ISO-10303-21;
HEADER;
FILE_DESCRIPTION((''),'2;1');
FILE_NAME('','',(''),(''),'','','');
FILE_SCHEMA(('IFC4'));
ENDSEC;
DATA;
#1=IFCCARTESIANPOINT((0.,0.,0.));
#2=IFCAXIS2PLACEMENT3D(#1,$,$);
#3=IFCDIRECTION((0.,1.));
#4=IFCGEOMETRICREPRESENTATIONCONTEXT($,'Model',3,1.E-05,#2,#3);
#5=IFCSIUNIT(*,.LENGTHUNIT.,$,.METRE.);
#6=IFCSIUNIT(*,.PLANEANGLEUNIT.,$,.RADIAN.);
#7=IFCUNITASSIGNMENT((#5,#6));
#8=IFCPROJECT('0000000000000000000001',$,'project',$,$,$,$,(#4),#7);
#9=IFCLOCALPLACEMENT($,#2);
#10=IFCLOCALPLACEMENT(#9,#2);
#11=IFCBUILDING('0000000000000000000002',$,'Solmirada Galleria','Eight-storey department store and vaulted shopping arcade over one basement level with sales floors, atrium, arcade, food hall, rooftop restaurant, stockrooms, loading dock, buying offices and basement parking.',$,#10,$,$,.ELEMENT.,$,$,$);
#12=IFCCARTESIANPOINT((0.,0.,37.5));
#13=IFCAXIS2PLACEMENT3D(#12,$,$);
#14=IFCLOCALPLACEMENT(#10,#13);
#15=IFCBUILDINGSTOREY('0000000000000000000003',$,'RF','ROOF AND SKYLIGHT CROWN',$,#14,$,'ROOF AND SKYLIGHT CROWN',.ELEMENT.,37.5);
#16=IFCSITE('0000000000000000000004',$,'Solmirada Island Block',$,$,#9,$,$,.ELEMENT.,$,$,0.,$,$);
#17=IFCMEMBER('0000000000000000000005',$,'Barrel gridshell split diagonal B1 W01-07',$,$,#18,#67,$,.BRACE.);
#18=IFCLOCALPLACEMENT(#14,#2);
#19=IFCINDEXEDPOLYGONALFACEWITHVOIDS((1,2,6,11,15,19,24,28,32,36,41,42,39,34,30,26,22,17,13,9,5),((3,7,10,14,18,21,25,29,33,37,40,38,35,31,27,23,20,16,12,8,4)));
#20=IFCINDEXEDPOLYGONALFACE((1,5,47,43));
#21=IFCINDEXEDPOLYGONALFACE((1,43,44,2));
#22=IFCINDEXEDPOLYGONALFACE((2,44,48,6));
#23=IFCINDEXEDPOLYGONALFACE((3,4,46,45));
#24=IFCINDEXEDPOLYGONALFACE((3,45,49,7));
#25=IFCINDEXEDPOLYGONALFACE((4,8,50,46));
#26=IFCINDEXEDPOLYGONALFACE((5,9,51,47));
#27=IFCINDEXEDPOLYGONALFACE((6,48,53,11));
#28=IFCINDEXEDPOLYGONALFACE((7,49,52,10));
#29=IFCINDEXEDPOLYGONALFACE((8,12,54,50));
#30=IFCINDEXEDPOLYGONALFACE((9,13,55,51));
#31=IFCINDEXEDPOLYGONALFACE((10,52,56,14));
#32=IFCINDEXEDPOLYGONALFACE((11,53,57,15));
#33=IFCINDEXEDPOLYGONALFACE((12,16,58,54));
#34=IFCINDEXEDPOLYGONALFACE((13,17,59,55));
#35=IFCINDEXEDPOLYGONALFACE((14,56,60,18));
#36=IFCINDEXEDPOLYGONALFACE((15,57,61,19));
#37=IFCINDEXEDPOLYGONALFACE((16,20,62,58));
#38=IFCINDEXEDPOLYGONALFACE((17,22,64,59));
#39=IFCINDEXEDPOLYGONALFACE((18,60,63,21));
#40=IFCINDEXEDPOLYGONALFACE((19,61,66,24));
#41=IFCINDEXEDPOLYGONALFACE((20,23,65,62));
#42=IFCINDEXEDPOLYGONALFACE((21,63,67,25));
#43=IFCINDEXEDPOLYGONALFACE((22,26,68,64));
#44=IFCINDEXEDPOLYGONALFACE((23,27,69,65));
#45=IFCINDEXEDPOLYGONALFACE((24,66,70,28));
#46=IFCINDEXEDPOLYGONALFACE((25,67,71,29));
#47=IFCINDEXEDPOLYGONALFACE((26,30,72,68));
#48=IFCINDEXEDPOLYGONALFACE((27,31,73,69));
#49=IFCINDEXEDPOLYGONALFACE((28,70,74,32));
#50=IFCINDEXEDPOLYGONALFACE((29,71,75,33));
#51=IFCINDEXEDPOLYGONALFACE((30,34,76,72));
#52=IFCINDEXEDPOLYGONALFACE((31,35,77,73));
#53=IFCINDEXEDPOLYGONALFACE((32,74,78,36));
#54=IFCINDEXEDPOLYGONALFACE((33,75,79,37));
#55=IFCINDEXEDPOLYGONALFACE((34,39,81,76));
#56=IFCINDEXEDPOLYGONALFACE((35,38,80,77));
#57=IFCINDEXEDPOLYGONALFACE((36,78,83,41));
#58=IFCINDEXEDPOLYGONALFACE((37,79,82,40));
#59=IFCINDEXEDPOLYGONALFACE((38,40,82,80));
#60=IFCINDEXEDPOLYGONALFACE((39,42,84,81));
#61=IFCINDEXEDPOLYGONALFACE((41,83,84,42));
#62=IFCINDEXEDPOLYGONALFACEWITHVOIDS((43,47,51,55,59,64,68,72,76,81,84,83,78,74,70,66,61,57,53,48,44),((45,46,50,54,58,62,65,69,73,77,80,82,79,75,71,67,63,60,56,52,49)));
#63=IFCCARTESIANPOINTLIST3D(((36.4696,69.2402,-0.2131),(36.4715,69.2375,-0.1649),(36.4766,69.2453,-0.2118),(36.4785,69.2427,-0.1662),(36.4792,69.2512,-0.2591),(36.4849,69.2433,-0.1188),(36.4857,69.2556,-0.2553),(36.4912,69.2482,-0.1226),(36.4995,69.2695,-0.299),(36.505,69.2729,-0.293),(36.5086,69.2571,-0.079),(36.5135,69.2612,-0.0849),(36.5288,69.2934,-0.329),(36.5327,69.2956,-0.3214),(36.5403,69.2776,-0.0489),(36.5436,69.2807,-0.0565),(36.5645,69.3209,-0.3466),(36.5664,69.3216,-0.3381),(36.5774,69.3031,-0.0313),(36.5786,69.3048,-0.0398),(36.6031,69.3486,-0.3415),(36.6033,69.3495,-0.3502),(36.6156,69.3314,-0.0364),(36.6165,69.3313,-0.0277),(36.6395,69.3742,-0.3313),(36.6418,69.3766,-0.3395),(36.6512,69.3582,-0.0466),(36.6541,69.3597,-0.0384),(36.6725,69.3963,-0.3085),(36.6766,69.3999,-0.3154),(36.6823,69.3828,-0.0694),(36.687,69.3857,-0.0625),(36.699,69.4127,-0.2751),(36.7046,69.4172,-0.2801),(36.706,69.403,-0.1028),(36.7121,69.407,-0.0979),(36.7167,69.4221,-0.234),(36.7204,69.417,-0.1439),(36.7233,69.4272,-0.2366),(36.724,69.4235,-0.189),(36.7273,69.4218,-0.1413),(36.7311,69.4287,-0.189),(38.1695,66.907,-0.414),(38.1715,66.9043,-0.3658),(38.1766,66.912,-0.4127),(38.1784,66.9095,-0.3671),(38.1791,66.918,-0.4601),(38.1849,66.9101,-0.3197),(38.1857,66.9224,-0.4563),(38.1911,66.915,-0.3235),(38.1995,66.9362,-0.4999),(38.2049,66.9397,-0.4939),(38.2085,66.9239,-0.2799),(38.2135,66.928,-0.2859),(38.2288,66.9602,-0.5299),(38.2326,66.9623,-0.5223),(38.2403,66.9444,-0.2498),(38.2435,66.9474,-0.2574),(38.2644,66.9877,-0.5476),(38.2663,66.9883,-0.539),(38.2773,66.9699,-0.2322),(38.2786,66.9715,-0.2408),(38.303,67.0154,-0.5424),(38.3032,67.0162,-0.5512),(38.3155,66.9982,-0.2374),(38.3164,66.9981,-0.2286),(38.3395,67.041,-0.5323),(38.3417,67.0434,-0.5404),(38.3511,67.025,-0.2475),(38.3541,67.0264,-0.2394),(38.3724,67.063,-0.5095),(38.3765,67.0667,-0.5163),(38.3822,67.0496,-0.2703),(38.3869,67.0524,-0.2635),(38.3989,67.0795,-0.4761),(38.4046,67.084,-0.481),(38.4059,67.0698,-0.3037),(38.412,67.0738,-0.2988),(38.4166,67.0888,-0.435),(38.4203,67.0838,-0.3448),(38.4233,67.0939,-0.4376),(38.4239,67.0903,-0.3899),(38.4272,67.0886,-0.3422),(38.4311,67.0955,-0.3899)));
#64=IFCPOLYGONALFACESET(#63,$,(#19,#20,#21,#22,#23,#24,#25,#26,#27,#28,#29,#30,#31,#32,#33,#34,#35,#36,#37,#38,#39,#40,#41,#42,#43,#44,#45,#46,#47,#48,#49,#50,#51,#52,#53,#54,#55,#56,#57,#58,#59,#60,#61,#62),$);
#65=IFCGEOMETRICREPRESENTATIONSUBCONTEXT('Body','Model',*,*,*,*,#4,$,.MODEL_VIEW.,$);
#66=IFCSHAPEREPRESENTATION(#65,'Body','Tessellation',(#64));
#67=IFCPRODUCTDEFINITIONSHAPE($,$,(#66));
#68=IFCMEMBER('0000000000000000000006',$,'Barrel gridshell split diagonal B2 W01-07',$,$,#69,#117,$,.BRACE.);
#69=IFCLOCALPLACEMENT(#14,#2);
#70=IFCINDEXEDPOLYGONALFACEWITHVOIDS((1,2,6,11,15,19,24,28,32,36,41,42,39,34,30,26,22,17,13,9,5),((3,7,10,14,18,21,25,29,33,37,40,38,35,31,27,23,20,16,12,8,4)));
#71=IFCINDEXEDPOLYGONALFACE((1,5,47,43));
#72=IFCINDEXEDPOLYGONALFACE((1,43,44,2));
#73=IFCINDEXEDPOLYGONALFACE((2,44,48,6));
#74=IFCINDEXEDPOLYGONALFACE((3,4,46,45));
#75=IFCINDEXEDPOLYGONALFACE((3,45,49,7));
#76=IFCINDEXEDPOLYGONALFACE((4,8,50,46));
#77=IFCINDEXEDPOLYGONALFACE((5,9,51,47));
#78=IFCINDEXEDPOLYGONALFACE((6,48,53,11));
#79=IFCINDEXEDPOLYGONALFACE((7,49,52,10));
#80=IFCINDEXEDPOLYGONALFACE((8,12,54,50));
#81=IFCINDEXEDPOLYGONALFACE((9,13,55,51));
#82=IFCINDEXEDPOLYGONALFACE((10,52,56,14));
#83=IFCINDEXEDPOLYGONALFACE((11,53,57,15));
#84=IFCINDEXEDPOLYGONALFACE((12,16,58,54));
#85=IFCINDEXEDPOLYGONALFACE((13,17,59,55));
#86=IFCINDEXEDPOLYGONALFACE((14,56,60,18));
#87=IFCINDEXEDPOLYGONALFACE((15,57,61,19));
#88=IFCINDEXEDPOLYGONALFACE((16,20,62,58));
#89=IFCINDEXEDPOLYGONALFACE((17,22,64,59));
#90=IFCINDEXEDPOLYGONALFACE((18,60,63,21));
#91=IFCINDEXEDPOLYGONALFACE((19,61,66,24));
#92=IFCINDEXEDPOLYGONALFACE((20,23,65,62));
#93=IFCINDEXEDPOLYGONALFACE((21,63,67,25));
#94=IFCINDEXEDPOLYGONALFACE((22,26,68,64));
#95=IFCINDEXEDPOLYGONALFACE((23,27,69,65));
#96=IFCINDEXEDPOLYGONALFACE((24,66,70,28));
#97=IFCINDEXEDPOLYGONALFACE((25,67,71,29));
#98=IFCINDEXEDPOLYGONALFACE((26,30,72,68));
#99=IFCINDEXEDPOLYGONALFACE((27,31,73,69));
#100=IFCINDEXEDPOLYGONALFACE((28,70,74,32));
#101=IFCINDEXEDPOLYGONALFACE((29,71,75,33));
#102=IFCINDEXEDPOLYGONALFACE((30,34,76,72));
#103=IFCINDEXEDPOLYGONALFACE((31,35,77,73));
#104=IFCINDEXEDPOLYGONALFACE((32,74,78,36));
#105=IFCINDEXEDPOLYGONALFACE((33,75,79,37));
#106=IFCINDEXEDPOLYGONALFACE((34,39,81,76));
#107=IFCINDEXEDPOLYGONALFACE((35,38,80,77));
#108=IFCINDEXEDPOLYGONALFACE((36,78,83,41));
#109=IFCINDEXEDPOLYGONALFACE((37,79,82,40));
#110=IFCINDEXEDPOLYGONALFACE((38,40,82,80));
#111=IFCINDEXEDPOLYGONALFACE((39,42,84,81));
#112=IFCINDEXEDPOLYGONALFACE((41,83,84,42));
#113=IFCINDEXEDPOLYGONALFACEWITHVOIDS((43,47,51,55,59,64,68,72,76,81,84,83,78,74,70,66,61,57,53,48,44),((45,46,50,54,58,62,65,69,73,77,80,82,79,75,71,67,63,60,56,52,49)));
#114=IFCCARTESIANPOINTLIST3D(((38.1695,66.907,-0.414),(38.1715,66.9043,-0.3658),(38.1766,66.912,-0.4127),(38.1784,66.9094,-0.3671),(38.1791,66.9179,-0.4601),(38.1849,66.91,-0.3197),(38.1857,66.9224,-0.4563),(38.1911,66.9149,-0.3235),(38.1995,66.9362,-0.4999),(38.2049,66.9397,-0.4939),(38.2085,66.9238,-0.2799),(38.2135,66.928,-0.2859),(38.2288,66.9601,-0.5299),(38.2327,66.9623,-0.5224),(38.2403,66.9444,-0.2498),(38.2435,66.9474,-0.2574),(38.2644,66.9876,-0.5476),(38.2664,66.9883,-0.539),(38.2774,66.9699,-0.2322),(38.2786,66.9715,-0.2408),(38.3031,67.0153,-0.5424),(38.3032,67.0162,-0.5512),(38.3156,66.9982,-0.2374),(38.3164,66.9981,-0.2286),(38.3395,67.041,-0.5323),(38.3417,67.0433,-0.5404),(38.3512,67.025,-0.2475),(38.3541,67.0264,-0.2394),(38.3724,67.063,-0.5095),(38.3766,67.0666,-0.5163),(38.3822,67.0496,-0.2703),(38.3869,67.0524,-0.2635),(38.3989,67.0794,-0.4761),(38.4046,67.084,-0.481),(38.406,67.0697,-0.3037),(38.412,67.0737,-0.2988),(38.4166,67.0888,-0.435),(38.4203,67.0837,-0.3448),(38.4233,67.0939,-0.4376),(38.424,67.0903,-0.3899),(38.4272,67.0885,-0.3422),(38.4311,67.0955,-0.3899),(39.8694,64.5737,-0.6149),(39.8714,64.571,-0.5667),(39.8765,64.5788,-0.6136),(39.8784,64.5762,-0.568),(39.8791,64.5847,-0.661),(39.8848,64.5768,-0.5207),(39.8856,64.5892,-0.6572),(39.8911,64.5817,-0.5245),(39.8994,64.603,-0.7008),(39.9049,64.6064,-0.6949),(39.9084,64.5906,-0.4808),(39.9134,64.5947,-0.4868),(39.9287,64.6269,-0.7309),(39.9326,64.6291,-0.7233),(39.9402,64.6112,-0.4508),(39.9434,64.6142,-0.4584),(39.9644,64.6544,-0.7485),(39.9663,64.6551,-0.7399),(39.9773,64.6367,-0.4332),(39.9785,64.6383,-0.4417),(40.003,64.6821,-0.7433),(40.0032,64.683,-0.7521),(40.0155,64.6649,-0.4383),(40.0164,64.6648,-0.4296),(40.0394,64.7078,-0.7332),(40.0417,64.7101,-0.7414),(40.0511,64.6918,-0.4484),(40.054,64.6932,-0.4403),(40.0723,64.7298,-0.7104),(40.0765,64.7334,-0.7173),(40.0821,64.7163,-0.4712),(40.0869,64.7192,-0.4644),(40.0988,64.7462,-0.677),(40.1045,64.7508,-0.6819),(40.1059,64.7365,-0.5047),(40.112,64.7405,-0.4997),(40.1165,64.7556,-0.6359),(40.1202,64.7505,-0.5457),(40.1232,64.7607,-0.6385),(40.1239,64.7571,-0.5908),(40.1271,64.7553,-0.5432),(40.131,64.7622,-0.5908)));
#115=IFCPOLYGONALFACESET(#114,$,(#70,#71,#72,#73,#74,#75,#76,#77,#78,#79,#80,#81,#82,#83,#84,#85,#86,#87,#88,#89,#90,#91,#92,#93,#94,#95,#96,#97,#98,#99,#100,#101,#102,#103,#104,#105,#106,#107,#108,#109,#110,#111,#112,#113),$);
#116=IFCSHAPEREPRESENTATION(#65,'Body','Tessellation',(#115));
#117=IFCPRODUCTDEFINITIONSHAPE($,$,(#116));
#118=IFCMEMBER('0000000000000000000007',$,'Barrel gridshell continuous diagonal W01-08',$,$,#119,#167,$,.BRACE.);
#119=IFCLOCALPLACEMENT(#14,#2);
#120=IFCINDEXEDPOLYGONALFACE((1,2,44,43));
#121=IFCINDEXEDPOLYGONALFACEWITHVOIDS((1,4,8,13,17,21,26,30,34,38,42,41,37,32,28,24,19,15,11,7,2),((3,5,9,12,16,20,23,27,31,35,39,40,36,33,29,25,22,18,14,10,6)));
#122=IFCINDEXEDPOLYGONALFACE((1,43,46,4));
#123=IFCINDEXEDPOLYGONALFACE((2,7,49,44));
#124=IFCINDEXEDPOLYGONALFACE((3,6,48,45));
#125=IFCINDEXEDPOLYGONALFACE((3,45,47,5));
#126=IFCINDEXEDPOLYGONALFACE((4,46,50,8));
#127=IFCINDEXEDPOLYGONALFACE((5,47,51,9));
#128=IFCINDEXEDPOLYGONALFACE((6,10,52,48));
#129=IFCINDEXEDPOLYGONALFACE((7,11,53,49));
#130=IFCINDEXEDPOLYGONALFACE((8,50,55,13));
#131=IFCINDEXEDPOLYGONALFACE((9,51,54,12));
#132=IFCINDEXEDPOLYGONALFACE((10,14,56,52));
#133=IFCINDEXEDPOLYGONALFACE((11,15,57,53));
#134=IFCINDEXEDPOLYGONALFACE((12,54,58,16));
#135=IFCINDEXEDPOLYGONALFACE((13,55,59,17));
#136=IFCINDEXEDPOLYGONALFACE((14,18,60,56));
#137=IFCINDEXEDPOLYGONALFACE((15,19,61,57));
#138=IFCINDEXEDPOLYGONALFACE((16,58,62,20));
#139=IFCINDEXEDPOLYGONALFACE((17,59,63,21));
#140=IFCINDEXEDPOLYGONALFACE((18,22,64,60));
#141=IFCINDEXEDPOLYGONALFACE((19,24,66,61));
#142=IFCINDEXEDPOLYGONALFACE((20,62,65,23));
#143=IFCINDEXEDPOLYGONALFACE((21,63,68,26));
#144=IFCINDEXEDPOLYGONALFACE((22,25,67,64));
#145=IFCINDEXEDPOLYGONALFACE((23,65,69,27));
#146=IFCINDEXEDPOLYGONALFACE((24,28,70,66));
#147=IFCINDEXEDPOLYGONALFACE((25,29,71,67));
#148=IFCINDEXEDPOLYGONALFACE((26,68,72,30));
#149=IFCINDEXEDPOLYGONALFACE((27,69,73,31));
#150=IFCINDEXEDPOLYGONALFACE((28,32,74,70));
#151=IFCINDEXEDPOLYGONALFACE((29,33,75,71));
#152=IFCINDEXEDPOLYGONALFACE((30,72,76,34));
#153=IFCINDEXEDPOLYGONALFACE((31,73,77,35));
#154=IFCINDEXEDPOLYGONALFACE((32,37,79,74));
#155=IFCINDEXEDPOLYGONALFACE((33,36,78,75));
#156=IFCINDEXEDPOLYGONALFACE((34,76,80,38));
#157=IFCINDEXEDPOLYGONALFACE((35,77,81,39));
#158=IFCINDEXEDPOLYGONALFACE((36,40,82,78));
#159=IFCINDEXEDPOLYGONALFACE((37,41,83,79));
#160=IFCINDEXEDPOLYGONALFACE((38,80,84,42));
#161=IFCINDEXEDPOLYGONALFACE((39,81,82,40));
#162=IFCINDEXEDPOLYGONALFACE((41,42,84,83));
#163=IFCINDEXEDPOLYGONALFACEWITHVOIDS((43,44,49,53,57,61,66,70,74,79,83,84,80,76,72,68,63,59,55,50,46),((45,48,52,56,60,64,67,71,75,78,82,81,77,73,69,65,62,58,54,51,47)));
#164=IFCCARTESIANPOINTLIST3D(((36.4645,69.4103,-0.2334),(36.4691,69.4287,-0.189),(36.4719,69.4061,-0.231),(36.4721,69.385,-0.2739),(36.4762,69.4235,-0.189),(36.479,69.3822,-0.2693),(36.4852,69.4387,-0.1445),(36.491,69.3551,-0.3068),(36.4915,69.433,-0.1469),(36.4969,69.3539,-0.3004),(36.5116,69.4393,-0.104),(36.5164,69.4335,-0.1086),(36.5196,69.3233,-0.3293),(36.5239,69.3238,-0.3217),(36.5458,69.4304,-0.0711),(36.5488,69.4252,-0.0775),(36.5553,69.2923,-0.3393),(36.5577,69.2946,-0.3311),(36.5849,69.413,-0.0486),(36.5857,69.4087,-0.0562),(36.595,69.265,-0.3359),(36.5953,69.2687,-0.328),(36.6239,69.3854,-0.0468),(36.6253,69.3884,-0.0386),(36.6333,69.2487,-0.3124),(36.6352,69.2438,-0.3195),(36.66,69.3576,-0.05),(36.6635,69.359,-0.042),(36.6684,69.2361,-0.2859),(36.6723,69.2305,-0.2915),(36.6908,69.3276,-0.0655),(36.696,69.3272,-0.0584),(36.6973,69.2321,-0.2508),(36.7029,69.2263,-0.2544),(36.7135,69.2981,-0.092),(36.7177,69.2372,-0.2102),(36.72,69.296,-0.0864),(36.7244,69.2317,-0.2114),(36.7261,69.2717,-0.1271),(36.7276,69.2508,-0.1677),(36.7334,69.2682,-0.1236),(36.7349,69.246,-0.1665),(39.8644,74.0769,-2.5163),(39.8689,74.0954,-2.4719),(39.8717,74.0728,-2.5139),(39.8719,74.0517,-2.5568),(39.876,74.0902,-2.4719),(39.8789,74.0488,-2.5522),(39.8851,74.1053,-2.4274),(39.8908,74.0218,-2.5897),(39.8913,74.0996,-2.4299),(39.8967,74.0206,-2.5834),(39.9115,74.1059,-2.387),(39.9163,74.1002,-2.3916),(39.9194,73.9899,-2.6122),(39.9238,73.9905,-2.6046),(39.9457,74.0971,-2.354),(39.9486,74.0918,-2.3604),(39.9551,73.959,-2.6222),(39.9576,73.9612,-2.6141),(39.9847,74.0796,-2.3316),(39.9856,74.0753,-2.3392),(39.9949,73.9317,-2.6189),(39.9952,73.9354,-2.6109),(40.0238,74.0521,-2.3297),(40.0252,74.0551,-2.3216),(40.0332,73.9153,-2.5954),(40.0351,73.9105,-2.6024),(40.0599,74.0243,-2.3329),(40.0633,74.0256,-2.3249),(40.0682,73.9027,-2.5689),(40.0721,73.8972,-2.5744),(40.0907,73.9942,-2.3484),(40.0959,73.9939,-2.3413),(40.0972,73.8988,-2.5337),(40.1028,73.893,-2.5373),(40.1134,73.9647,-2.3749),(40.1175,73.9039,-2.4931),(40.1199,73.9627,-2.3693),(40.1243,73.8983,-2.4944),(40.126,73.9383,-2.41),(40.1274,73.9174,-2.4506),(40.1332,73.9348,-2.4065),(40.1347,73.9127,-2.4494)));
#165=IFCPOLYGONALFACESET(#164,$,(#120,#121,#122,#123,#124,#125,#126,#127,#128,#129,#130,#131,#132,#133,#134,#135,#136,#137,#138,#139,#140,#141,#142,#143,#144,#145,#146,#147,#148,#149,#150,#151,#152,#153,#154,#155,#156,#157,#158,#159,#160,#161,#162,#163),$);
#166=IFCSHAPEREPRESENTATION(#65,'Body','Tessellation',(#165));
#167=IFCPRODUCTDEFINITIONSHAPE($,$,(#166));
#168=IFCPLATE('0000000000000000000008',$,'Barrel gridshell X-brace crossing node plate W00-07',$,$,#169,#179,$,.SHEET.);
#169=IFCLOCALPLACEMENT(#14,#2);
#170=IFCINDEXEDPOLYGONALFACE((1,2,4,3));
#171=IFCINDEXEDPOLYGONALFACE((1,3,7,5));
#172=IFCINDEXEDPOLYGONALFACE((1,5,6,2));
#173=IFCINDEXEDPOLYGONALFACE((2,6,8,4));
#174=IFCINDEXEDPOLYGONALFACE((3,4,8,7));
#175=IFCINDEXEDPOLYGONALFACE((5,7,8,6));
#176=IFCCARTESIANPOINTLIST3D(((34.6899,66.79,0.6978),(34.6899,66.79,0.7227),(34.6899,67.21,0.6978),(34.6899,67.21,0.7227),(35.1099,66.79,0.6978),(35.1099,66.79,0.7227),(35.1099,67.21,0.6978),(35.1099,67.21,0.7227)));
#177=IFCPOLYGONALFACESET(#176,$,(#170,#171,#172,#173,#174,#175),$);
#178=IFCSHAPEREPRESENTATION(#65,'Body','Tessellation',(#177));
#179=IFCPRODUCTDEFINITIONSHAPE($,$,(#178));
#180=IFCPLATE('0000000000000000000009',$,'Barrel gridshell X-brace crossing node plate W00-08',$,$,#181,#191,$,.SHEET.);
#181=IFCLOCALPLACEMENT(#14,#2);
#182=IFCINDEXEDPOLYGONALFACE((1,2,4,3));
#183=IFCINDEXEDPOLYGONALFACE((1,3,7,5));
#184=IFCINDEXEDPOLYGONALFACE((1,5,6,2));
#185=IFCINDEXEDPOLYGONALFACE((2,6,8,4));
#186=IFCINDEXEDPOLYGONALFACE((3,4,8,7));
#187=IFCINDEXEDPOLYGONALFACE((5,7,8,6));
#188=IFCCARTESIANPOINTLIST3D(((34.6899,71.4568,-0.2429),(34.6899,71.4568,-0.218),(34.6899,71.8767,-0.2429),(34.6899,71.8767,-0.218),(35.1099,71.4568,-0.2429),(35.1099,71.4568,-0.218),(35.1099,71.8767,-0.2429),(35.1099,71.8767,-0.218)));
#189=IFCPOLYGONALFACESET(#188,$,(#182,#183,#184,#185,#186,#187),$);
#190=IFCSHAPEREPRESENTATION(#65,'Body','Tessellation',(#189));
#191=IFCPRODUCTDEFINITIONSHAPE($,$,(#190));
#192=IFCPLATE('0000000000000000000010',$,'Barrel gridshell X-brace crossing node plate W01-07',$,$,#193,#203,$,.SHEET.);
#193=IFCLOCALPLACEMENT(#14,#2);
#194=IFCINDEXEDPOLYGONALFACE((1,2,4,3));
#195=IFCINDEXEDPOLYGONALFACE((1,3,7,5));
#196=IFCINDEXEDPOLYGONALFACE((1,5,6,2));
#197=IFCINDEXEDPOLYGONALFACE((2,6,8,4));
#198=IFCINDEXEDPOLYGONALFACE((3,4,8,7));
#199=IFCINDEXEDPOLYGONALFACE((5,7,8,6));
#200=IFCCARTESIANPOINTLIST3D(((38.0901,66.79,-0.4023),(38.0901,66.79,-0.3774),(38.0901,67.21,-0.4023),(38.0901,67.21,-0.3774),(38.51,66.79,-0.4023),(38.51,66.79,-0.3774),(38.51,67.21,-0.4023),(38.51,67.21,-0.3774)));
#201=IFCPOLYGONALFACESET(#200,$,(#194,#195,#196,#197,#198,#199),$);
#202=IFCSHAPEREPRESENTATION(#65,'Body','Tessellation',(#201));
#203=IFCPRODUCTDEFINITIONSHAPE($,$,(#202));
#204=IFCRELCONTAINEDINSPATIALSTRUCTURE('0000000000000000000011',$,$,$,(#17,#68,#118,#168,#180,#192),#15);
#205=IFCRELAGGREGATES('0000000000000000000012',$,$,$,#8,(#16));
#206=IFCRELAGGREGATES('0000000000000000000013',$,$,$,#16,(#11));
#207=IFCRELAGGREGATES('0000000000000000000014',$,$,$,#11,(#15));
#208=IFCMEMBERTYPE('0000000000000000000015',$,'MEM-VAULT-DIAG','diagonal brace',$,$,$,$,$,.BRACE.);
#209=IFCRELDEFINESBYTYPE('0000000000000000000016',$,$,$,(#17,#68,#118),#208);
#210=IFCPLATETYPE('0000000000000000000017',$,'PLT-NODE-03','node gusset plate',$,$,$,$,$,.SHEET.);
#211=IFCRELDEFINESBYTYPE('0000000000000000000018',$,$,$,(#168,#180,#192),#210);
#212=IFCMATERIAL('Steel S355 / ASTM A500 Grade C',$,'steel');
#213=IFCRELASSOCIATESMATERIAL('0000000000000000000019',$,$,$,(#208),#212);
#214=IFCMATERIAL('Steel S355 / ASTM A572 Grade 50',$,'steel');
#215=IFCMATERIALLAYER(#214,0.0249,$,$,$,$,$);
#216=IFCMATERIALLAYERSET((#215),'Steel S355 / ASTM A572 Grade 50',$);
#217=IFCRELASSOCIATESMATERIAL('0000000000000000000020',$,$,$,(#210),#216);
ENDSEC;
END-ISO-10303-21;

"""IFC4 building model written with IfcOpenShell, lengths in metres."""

from ifc_helpers import new_model, si_unit, direction, frame, origin, origin_2d, place, context, subcontext, project, spatial, rectangle, hollow_circle, extrude, material, layer, layer_set, material_profile, profile_set, type_object, element, save


model = new_model("IFC4")

# Units and contexts
model_context = context("Model", 3, precision=1e-05, world=origin(), true_north=direction((0.0, 1.0)))
body_context = subcontext(model_context, "Body", "Model", "MODEL_VIEW")
ifc_project = project(units=[si_unit("LENGTHUNIT", "METRE"), si_unit("PLANEANGLEUNIT", "RADIAN")], contexts=[model_context])

# Site, building, storey
site_placement = place(None, origin())
site = spatial("IfcSite", under=ifc_project, at=site_placement, Name="Solmirada Island Block", CompositionType="ELEMENT", RefElevation=0.0)
building_placement = place(site_placement, origin())
building = spatial("IfcBuilding", under=site, at=building_placement, Name="Solmirada Galleria", Description="Eight-storey department store and vaulted shopping arcade over one basement level with sales floors, atrium, arcade, food hall, rooftop restaurant, stockrooms, loading dock, buying offices and basement parking.", CompositionType="ELEMENT")
storey_placement = place(building_placement, frame((0.0, 0.0, 37.5)))
storey = spatial("IfcBuildingStorey", under=building, at=storey_placement, Name="RF", Description="ROOF AND SKYLIGHT CROWN", LongName="ROOF AND SKYLIGHT CROWN", CompositionType="ELEMENT", Elevation=37.5)

# Members
ifc_material_1 = material(Name="Steel S355 / ASTM A500 Grade C", Category="steel")
ifc_material_profile_1 = material_profile(ifc_material_1, hollow_circle(Radius=0.1621, WallThickness=0.0088, at=origin_2d()), Name="HSS12.750X0.375")
ifc_profile_set_1 = profile_set([ifc_material_profile_1], Name="Steel S355 / ASTM A500 Grade C")
member_type_1 = type_object("IfcMemberType", Name="MEM-VAULT-DIAG", Description="diagonal brace", PredefinedType="BRACE", material=ifc_profile_set_1)
for number, where, z_axis, x_axis, name in (
    (1, (36.6001, 69.3333, -0.189), (0.587439, -0.806284, -0.069433), (0.808235, 0.58886, 0.0), "Barrel gridshell split diagonal B1 W01-07"),
    (2, (38.3, 67.0, -0.3899), (0.587439, -0.806284, -0.069433), (0.808235, 0.58886, 0.0), "Barrel gridshell split diagonal B2 W01-07"),
):
    element("IfcMember", number, at=place(storey_placement, frame(where, z_axis=z_axis, x_axis=x_axis)), inside=storey, type_object=member_type_1, Name=name, PredefinedType="BRACE", context=body_context, shape_type="SweptSolid", body=[
        extrude(hollow_circle(Radius=0.1621, WallThickness=0.0088, at=origin_2d()), origin(), (0.0, 0.0, 1.0), 2.8938),
    ])
member_1_placement = place(storey_placement, frame((36.6001, 69.3333, -0.189), z_axis=(0.54759, 0.751629, -0.367695), x_axis=(-0.808249, 0.58884, 0.0)))
element("IfcMember", 3, at=member_1_placement, inside=storey, type_object=member_type_1, Name="Barrel gridshell continuous diagonal W01-08", PredefinedType="BRACE", context=body_context, shape_type="SweptSolid", body=[
    extrude(hollow_circle(Radius=0.1621, WallThickness=0.0088, at=origin_2d()), origin(), (0.0, 0.0, 1.0), 6.2087),
])

# Plates
ifc_material_2 = material(Name="Steel S355 / ASTM A572 Grade 50", Category="steel")
ifc_layer_1 = layer(ifc_material_2, 0.0249)
ifc_layer_set_1 = layer_set([ifc_layer_1], Name="Steel S355 / ASTM A572 Grade 50")
plate_type_1 = type_object("IfcPlateType", Name="PLT-NODE-03", Description="node gusset plate", PredefinedType="SHEET", material=ifc_layer_set_1)
for number, where, z_axis, x_axis, name in (
    (4, (34.8999, 67.0, 0.6978), (0.0, 0.0, 1.0), (1.0, 0.0, 0.0), "Barrel gridshell X-brace crossing node plate W00-07"),
    (5, (34.8999, 71.6667, -0.2429), (0.0, 0.0, 1.0), (1.0, 0.0, 0.0), "Barrel gridshell X-brace crossing node plate W00-08"),
    (6, (38.3, 67.0, -0.4023), (0.0, 0.0, 1.0), (1.0, 0.0, 0.0), "Barrel gridshell X-brace crossing node plate W01-07"),
):
    element("IfcPlate", number, at=place(storey_placement, frame(where, z_axis=z_axis, x_axis=x_axis)), inside=storey, type_object=plate_type_1, Name=name, PredefinedType="SHEET", context=body_context, shape_type="SweptSolid", body=[
        extrude(rectangle(XDim=0.4199, YDim=0.4199, at=origin_2d()), origin(), (0.0, 0.0, 1.0), 0.0249),
    ])

save(model, "model.ifc")
